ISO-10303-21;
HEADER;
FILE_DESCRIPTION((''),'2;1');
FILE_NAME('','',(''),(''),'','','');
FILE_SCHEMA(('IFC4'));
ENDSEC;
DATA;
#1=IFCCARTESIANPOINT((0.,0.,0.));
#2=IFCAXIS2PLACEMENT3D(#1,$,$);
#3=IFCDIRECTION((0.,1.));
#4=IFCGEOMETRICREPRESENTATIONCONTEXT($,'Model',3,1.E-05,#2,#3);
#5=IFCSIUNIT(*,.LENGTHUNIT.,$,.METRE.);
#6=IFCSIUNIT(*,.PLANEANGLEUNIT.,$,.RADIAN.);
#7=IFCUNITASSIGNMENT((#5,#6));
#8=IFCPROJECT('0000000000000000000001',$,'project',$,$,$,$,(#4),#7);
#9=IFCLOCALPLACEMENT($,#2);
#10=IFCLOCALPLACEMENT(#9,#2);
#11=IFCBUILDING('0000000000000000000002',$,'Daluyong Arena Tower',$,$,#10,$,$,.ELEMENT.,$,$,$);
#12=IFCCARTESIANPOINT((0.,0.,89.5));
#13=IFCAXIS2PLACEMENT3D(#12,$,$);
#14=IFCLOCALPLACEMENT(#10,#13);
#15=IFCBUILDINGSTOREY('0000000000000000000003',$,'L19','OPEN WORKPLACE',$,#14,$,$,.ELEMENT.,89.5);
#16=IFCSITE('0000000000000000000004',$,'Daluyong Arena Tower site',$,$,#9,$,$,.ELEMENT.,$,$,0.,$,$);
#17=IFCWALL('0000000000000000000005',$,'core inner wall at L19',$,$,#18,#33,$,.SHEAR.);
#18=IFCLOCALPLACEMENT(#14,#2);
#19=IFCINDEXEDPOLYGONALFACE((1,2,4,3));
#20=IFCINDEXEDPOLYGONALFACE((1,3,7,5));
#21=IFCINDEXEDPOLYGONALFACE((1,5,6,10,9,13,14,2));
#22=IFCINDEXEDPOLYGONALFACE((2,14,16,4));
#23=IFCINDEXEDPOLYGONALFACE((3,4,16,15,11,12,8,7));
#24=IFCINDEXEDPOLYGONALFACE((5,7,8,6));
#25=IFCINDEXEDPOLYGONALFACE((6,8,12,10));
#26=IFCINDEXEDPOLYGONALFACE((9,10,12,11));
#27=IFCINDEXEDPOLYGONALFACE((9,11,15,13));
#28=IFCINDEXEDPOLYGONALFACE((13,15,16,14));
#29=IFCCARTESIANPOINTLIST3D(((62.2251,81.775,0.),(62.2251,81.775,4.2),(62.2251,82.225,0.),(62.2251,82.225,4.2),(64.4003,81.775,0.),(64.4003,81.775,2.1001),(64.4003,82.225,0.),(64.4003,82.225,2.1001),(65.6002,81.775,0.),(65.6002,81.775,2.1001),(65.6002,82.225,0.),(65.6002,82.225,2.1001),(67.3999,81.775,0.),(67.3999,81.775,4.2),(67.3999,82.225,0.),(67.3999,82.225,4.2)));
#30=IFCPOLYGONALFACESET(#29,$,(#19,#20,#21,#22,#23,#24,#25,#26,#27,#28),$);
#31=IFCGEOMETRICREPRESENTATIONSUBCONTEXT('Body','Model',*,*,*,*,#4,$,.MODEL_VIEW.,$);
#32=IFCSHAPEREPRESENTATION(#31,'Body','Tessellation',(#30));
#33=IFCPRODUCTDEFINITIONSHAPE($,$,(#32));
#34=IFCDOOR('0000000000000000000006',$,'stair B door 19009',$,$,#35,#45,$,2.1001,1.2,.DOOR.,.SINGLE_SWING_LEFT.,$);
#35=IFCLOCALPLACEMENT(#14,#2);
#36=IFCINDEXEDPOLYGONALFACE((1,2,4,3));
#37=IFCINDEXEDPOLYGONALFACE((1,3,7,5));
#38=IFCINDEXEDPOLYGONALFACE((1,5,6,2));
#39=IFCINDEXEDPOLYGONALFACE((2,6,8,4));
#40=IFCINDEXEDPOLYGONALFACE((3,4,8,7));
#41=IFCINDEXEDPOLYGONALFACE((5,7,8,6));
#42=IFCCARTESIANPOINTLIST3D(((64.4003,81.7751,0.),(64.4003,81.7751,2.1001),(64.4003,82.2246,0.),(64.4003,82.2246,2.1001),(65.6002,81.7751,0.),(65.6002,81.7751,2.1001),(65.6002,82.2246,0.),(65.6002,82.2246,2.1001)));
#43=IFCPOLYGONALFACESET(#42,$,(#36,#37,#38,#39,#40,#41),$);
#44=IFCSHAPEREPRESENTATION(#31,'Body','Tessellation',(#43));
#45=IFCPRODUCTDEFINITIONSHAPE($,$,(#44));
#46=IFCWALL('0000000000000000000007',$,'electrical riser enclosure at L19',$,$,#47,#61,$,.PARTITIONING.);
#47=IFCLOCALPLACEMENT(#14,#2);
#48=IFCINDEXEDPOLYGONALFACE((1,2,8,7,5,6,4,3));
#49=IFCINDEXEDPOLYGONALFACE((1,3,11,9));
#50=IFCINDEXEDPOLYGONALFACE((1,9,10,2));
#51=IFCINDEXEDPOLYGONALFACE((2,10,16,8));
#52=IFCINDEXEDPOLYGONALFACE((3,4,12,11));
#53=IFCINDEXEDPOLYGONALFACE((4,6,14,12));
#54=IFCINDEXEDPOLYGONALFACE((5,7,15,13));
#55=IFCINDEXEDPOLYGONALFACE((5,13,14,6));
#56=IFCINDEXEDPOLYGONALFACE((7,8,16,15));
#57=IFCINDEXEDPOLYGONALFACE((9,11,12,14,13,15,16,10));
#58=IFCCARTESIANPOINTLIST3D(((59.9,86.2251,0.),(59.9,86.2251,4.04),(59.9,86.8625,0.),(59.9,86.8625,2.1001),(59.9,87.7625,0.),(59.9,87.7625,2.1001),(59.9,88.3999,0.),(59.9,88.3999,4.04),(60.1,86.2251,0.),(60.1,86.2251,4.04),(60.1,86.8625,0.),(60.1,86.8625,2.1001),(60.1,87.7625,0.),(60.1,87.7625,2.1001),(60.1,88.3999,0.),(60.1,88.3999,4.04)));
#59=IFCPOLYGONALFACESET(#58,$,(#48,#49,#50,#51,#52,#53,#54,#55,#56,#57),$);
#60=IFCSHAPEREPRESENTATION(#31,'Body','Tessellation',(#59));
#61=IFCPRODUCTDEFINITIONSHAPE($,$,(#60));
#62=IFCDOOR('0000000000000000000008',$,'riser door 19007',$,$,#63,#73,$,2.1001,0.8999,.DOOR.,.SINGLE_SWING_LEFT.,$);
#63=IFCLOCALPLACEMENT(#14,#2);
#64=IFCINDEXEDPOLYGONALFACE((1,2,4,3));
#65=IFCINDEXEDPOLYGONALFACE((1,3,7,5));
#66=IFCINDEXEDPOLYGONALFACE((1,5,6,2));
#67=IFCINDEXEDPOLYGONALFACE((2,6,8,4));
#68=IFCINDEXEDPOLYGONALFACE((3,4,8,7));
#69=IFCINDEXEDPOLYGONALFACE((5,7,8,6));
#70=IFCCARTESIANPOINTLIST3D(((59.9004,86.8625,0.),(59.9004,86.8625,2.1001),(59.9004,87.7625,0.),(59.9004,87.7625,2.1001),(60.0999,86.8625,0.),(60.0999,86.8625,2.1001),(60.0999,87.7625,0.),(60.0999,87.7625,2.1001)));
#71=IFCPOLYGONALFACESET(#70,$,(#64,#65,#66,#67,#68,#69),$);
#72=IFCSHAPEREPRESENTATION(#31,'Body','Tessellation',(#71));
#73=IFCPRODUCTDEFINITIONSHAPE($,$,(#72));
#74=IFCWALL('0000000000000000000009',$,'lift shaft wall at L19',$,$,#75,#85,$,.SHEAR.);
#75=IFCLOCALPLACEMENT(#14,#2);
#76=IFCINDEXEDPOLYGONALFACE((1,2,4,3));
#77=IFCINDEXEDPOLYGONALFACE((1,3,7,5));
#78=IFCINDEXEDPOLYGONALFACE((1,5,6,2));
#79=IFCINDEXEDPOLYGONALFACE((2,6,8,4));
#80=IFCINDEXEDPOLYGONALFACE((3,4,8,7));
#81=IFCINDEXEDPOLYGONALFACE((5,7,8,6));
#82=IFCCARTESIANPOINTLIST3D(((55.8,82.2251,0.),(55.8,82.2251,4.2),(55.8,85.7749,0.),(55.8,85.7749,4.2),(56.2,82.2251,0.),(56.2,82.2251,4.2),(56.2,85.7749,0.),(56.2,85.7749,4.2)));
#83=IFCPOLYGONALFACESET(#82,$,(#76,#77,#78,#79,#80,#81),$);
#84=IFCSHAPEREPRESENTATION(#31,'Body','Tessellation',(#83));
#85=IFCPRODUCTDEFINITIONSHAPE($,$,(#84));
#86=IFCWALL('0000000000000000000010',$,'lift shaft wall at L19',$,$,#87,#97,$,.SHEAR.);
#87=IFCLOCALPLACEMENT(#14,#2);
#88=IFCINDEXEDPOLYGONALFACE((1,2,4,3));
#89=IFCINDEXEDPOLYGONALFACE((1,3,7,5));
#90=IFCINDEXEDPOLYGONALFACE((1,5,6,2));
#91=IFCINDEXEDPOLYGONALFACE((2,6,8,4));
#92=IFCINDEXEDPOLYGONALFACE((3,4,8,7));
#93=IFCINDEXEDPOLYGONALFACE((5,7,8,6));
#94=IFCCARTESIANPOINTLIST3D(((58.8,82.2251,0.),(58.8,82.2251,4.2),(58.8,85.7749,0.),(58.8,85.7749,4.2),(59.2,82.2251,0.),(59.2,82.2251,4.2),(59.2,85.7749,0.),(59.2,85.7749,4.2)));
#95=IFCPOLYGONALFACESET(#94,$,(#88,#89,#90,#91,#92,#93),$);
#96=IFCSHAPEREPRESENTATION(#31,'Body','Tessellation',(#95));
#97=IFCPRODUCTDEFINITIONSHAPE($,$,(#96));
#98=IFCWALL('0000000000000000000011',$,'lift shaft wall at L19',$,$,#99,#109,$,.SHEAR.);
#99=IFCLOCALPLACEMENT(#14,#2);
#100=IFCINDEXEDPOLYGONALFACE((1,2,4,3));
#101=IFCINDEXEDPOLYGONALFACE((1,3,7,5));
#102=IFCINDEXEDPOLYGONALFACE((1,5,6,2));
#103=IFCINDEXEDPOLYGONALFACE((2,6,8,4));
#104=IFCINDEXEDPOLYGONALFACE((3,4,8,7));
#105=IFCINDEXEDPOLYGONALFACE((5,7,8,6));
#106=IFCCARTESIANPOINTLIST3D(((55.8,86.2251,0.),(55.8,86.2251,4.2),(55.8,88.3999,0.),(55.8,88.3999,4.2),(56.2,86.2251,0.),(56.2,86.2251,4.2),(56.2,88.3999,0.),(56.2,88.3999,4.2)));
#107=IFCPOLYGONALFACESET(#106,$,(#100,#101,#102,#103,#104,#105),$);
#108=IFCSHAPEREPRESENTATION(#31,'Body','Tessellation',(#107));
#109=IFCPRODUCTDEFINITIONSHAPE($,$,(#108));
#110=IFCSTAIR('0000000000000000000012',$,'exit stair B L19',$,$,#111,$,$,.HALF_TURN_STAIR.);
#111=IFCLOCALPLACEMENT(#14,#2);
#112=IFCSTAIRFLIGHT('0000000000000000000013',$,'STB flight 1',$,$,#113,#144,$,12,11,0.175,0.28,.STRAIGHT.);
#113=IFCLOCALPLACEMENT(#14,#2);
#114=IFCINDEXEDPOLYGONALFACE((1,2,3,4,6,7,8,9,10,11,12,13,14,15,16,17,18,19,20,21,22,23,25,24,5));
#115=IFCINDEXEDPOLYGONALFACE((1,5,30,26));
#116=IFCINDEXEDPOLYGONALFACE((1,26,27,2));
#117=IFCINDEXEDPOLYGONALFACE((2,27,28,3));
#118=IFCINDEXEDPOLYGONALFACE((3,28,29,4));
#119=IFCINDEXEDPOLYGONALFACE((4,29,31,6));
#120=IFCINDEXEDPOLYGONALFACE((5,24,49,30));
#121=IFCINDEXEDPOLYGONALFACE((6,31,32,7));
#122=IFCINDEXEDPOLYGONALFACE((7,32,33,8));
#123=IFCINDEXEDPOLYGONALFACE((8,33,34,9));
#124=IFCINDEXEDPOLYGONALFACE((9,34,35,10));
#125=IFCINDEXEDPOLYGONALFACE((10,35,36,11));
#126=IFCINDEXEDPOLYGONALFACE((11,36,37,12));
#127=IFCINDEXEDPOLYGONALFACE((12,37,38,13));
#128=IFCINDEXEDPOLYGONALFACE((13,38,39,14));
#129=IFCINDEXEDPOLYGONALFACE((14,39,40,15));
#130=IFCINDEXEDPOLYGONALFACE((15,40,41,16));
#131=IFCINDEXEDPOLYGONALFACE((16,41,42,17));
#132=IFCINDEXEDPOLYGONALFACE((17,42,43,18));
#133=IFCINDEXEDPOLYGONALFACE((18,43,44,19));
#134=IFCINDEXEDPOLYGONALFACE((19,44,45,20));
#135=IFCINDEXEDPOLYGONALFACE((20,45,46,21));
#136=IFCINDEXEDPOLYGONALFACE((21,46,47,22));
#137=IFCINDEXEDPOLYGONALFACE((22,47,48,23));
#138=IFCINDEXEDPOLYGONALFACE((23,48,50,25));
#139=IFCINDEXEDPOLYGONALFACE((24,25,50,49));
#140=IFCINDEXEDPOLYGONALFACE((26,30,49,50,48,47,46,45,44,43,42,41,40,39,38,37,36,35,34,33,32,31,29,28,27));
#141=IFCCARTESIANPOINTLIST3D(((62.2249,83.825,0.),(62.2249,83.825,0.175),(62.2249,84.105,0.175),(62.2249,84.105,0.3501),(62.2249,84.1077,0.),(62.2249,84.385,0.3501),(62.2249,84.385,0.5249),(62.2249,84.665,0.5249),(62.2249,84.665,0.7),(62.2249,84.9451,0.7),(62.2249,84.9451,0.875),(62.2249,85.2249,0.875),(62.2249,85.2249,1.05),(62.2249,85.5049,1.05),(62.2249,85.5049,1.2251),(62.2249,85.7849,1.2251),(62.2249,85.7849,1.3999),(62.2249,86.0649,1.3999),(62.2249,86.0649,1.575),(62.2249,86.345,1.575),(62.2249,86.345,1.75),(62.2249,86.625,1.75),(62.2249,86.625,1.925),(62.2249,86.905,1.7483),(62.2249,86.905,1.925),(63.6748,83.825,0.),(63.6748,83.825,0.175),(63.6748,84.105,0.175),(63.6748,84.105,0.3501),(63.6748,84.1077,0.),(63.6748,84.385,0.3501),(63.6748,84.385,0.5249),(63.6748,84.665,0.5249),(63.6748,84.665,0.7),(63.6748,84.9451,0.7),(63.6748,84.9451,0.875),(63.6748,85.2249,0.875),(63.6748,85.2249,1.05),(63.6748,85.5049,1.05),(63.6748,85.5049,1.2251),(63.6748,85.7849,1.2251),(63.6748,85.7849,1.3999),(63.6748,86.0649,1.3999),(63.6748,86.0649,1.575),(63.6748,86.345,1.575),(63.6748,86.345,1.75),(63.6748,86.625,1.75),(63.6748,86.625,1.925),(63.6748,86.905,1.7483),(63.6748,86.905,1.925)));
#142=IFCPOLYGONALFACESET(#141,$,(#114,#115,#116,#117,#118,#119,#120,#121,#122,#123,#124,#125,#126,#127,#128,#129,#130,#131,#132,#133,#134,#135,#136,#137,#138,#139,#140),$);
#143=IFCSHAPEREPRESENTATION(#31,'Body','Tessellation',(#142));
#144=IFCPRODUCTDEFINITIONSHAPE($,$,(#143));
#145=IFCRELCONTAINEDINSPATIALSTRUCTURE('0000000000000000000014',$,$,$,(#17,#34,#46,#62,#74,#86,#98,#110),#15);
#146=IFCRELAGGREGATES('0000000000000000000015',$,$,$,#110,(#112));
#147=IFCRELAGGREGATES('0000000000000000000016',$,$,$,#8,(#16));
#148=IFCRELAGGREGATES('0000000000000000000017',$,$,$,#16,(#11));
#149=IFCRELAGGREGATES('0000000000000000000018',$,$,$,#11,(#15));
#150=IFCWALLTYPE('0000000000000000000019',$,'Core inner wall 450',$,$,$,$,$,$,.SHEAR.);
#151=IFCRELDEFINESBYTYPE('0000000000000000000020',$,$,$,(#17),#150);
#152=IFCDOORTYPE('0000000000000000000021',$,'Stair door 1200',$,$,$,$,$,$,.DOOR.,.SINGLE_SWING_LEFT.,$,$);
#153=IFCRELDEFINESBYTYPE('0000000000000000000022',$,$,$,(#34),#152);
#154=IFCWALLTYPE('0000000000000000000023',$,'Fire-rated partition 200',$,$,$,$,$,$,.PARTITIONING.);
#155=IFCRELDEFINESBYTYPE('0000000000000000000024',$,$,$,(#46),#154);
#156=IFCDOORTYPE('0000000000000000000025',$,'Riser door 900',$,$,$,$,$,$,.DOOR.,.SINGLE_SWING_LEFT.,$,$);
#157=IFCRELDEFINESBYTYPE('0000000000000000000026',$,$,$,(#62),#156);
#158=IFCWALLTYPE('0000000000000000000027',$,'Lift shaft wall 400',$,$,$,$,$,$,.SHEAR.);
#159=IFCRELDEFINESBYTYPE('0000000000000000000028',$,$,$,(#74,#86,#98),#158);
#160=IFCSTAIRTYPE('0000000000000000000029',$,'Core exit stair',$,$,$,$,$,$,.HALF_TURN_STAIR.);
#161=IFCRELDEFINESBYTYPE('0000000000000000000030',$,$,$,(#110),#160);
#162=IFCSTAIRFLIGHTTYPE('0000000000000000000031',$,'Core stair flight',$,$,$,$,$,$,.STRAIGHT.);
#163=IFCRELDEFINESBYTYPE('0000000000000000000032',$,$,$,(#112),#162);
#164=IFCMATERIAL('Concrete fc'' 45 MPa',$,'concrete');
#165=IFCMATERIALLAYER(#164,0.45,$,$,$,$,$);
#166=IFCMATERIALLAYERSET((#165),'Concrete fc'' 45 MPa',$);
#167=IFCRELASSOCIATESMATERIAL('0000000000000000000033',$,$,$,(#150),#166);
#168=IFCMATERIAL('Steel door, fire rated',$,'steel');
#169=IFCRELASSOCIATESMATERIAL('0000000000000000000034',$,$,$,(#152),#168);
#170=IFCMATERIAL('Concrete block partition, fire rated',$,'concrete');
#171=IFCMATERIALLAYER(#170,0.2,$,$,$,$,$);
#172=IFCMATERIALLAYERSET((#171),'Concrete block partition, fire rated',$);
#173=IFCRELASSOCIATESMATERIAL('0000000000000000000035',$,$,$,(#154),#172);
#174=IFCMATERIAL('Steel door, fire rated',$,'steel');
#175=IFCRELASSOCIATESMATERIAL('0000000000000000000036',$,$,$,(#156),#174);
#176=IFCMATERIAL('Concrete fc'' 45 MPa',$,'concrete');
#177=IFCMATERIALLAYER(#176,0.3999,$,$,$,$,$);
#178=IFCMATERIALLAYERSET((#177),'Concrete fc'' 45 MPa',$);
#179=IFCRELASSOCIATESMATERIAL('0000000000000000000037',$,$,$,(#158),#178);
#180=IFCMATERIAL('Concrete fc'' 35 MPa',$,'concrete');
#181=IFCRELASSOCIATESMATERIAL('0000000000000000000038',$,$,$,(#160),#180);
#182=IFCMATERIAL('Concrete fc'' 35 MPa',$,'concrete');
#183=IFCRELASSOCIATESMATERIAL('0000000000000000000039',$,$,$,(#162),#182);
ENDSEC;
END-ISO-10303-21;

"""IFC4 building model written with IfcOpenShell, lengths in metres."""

from ifc_helpers import new_model, si_unit, direction, frame, frame_2d, origin, place, context, subcontext, project, spatial, polyline, rectangle, outline, extrude, material, layer, layer_set, type_object, element, fill, aggregate, save


model = new_model("IFC4")

# Units and contexts
model_context = context("Model", 3, precision=1e-05, world=origin(), true_north=direction((0.0, 1.0)))
body_context = subcontext(model_context, "Body", "Model", "MODEL_VIEW")
ifc_project = project(units=[si_unit("LENGTHUNIT", "METRE"), si_unit("PLANEANGLEUNIT", "RADIAN")], contexts=[model_context])

# Site, building, storey
site_placement = place(None, origin())
site = spatial("IfcSite", under=ifc_project, at=site_placement, Name="Daluyong Arena Tower site", CompositionType="ELEMENT", RefElevation=0.0)
building_placement = place(site_placement, origin())
building = spatial("IfcBuilding", under=site, at=building_placement, Name="Daluyong Arena Tower", CompositionType="ELEMENT")
storey_placement = place(building_placement, frame((0.0, 0.0, 89.5)))
storey = spatial("IfcBuildingStorey", under=building, at=storey_placement, Name="L19", Description="OPEN WORKPLACE", CompositionType="ELEMENT", Elevation=89.5)

# Walls, openings, doors
ifc_material_1 = material(Name="Concrete fc' 45 MPa", Category="concrete")
ifc_layer_1 = layer(ifc_material_1, 0.45)
ifc_layer_set_1 = layer_set([ifc_layer_1], Name="Concrete fc' 45 MPa")
wall_type_1 = type_object("IfcWallType", Name="Core inner wall 450", PredefinedType="SHEAR", material=ifc_layer_set_1)
wall_1_placement = place(storey_placement, frame((62.2251, 82.0, 0.0), z_axis=(0.0, 0.0, 1.0), x_axis=(1.0, 0.0, 0.0)))
wall_1 = element("IfcWall", 1, at=wall_1_placement, inside=storey, type_object=wall_type_1, Name="core inner wall at L19", PredefinedType="SHEAR", context=body_context, shape_type="SweptSolid", body=[
    extrude(rectangle(XDim=5.1748, YDim=0.45, at=frame_2d((2.5874, 0.0))), origin(), (0.0, 0.0, 1.0), 4.2),
])
opening_1_placement = place(wall_1_placement, frame((2.175, 0.0, 0.0)))
opening_1 = element("IfcOpeningElement", 2, at=opening_1_placement, cuts=wall_1, PredefinedType="OPENING", context=body_context, shape_type="SweptSolid", body=[
    extrude(rectangle(XDim=1.2, YDim=2.1001, at=frame_2d((0.6001, 1.05))), frame((0.0, 0.2349, 0.0), z_axis=(0.0, -1.0, 0.0), x_axis=(1.0, 0.0, 0.0)), (0.0, 0.0, 1.0), 0.47),
])
ifc_material_2 = material(Name="Steel door, fire rated", Category="steel")
door_type_1 = type_object("IfcDoorType", Name="Stair door 1200", OperationType="SINGLE_SWING_LEFT", PredefinedType="DOOR", material=ifc_material_2)
door_1_placement = place(opening_1_placement, origin())
door_1 = element("IfcDoor", 3, at=door_1_placement, inside=storey, type_object=door_type_1, Name="stair B door 19009", OperationType="SINGLE_SWING_LEFT", OverallHeight=2.1001, OverallWidth=1.2, PredefinedType="DOOR", context=body_context, shape_type="SweptSolid", body=[
    extrude(rectangle(XDim=1.2, YDim=2.1001, at=frame_2d((0.6001, 1.05))), frame((0.0, 0.2246, 0.0), z_axis=(0.0, -1.0, 0.0), x_axis=(1.0, 0.0, 0.0)), (0.0, 0.0, 1.0), 0.4495),
])
fill(opening_1, door_1)
ifc_material_3 = material(Name="Concrete block partition, fire rated", Category="concrete")
ifc_layer_2 = layer(ifc_material_3, 0.2)
ifc_layer_set_2 = layer_set([ifc_layer_2], Name="Concrete block partition, fire rated")
wall_type_2 = type_object("IfcWallType", Name="Fire-rated partition 200", PredefinedType="PARTITIONING", material=ifc_layer_set_2)
wall_2_placement = place(storey_placement, frame((60.0, 86.2251, 0.0), z_axis=(0.0, 0.0, 1.0), x_axis=(0.0, 1.0, 0.0)))
wall_2 = element("IfcWall", 4, at=wall_2_placement, inside=storey, type_object=wall_type_2, Name="electrical riser enclosure at L19", PredefinedType="PARTITIONING", context=body_context, shape_type="SweptSolid", body=[
    extrude(rectangle(XDim=2.1748, YDim=0.2, at=frame_2d((1.0874, 0.0))), origin(), (0.0, 0.0, 1.0), 4.04),
])
opening_2_placement = place(wall_2_placement, frame((0.6375, 0.0, 0.0)))
opening_2 = element("IfcOpeningElement", 5, at=opening_2_placement, cuts=wall_2, PredefinedType="OPENING", context=body_context, shape_type="SweptSolid", body=[
    extrude(rectangle(XDim=0.8999, YDim=2.1001, at=frame_2d((0.45, 1.05))), frame((0.0, 0.1099, 0.0), z_axis=(0.0, -1.0, 0.0), x_axis=(1.0, 0.0, 0.0)), (0.0, 0.0, 1.0), 0.22),
])
ifc_material_4 = material(Name="Steel door, fire rated", Category="steel")
door_type_2 = type_object("IfcDoorType", Name="Riser door 900", OperationType="SINGLE_SWING_LEFT", PredefinedType="DOOR", material=ifc_material_4)
door_2_placement = place(opening_2_placement, origin())
door_2 = element("IfcDoor", 6, at=door_2_placement, inside=storey, type_object=door_type_2, Name="riser door 19007", OperationType="SINGLE_SWING_LEFT", OverallHeight=2.1001, OverallWidth=0.8999, PredefinedType="DOOR", context=body_context, shape_type="SweptSolid", body=[
    extrude(rectangle(XDim=0.8999, YDim=2.1001, at=frame_2d((0.45, 1.05))), frame((0.0, 0.0996, 0.0), z_axis=(0.0, -1.0, 0.0), x_axis=(1.0, 0.0, 0.0)), (0.0, 0.0, 1.0), 0.1995),
])
fill(opening_2, door_2)

# Walls
ifc_material_5 = material(Name="Concrete fc' 45 MPa", Category="concrete")
ifc_layer_3 = layer(ifc_material_5, 0.3999)
ifc_layer_set_3 = layer_set([ifc_layer_3], Name="Concrete fc' 45 MPa")
wall_type_3 = type_object("IfcWallType", Name="Lift shaft wall 400", PredefinedType="SHEAR", material=ifc_layer_set_3)
for number, where, z_axis, x_axis, name in (
    (7, (56.0, 82.2251, 0.0), (0.0, 0.0, 1.0), (0.0, 1.0, 0.0), "lift shaft wall at L19"),
    (8, (59.0, 82.2251, 0.0), (0.0, 0.0, 1.0), (0.0, 1.0, 0.0), "lift shaft wall at L19"),
):
    element("IfcWall", number, at=place(storey_placement, frame(where, z_axis=z_axis, x_axis=x_axis)), inside=storey, type_object=wall_type_3, Name=name, PredefinedType="SHEAR", context=body_context, shape_type="SweptSolid", body=[
        extrude(rectangle(XDim=3.5498, YDim=0.3999, at=frame_2d((1.7749, 0.0))), origin(), (0.0, 0.0, 1.0), 4.2),
    ])
wall_3_placement = place(storey_placement, frame((56.0, 86.2251, 0.0), z_axis=(0.0, 0.0, 1.0), x_axis=(0.0, 1.0, 0.0)))
element("IfcWall", 9, at=wall_3_placement, inside=storey, type_object=wall_type_3, Name="lift shaft wall at L19", PredefinedType="SHEAR", context=body_context, shape_type="SweptSolid", body=[
    extrude(rectangle(XDim=2.1748, YDim=0.3999, at=frame_2d((1.0874, 0.0))), origin(), (0.0, 0.0, 1.0), 4.2),
])

# Stair, stair flight
ifc_material_6 = material(Name="Concrete fc' 35 MPa", Category="concrete")
stair_type = type_object("IfcStairType", Name="Core exit stair", PredefinedType="HALF_TURN_STAIR", material=ifc_material_6)
stair_placement = place(storey_placement, origin())
stair = element("IfcStair", 10, at=stair_placement, inside=storey, type_object=stair_type, Name="exit stair B L19", PredefinedType="HALF_TURN_STAIR")
ifc_material_7 = material(Name="Concrete fc' 35 MPa", Category="concrete")
stair_flight_type = type_object("IfcStairFlightType", Name="Core stair flight", PredefinedType="STRAIGHT", material=ifc_material_7)
stair_flight_placement = place(storey_placement, frame((62.95, 83.825, 0.0), z_axis=(0.0, 0.0, 1.0), x_axis=(0.0, 1.0, 0.0)))
stair_flight = element("IfcStairFlight", 11, at=stair_flight_placement, type_object=stair_flight_type, Name="STB flight 1", NumberOfRisers=12, NumberOfTreads=11, PredefinedType="STRAIGHT", RiserHeight=0.175, TreadLength=0.28, context=body_context, shape_type="SweptSolid", body=[
    extrude(outline(polyline([(0.0, 0.0), (0.0, 0.175), (0.28, 0.175), (0.28, 0.3501), (0.5601, 0.3501), (0.5601, 0.5249), (0.8401, 0.5249), (0.8401, 0.7), (1.1201, 0.7), (1.1201, 0.875), (1.3999, 0.875), (1.3999, 1.05), (1.6799, 1.05), (1.6799, 1.2251), (1.96, 1.2251), (1.96, 1.3999), (2.24, 1.3999), (2.24, 1.575), (2.52, 1.575), (2.52, 1.75), (2.8, 1.75), (2.8, 1.925), (3.0801, 1.925), (3.0801, 2.1001), (3.0801, 1.7483), (0.2827, 0.0), (0.0, 0.0)])), frame((0.0, 0.7251, 0.0), z_axis=(0.0, -1.0, 0.0), x_axis=(1.0, 0.0, 0.0)), (0.0, 0.0, 1.0), 1.45),
])
aggregate(stair, [stair_flight])

save(model, "model.ifc")
